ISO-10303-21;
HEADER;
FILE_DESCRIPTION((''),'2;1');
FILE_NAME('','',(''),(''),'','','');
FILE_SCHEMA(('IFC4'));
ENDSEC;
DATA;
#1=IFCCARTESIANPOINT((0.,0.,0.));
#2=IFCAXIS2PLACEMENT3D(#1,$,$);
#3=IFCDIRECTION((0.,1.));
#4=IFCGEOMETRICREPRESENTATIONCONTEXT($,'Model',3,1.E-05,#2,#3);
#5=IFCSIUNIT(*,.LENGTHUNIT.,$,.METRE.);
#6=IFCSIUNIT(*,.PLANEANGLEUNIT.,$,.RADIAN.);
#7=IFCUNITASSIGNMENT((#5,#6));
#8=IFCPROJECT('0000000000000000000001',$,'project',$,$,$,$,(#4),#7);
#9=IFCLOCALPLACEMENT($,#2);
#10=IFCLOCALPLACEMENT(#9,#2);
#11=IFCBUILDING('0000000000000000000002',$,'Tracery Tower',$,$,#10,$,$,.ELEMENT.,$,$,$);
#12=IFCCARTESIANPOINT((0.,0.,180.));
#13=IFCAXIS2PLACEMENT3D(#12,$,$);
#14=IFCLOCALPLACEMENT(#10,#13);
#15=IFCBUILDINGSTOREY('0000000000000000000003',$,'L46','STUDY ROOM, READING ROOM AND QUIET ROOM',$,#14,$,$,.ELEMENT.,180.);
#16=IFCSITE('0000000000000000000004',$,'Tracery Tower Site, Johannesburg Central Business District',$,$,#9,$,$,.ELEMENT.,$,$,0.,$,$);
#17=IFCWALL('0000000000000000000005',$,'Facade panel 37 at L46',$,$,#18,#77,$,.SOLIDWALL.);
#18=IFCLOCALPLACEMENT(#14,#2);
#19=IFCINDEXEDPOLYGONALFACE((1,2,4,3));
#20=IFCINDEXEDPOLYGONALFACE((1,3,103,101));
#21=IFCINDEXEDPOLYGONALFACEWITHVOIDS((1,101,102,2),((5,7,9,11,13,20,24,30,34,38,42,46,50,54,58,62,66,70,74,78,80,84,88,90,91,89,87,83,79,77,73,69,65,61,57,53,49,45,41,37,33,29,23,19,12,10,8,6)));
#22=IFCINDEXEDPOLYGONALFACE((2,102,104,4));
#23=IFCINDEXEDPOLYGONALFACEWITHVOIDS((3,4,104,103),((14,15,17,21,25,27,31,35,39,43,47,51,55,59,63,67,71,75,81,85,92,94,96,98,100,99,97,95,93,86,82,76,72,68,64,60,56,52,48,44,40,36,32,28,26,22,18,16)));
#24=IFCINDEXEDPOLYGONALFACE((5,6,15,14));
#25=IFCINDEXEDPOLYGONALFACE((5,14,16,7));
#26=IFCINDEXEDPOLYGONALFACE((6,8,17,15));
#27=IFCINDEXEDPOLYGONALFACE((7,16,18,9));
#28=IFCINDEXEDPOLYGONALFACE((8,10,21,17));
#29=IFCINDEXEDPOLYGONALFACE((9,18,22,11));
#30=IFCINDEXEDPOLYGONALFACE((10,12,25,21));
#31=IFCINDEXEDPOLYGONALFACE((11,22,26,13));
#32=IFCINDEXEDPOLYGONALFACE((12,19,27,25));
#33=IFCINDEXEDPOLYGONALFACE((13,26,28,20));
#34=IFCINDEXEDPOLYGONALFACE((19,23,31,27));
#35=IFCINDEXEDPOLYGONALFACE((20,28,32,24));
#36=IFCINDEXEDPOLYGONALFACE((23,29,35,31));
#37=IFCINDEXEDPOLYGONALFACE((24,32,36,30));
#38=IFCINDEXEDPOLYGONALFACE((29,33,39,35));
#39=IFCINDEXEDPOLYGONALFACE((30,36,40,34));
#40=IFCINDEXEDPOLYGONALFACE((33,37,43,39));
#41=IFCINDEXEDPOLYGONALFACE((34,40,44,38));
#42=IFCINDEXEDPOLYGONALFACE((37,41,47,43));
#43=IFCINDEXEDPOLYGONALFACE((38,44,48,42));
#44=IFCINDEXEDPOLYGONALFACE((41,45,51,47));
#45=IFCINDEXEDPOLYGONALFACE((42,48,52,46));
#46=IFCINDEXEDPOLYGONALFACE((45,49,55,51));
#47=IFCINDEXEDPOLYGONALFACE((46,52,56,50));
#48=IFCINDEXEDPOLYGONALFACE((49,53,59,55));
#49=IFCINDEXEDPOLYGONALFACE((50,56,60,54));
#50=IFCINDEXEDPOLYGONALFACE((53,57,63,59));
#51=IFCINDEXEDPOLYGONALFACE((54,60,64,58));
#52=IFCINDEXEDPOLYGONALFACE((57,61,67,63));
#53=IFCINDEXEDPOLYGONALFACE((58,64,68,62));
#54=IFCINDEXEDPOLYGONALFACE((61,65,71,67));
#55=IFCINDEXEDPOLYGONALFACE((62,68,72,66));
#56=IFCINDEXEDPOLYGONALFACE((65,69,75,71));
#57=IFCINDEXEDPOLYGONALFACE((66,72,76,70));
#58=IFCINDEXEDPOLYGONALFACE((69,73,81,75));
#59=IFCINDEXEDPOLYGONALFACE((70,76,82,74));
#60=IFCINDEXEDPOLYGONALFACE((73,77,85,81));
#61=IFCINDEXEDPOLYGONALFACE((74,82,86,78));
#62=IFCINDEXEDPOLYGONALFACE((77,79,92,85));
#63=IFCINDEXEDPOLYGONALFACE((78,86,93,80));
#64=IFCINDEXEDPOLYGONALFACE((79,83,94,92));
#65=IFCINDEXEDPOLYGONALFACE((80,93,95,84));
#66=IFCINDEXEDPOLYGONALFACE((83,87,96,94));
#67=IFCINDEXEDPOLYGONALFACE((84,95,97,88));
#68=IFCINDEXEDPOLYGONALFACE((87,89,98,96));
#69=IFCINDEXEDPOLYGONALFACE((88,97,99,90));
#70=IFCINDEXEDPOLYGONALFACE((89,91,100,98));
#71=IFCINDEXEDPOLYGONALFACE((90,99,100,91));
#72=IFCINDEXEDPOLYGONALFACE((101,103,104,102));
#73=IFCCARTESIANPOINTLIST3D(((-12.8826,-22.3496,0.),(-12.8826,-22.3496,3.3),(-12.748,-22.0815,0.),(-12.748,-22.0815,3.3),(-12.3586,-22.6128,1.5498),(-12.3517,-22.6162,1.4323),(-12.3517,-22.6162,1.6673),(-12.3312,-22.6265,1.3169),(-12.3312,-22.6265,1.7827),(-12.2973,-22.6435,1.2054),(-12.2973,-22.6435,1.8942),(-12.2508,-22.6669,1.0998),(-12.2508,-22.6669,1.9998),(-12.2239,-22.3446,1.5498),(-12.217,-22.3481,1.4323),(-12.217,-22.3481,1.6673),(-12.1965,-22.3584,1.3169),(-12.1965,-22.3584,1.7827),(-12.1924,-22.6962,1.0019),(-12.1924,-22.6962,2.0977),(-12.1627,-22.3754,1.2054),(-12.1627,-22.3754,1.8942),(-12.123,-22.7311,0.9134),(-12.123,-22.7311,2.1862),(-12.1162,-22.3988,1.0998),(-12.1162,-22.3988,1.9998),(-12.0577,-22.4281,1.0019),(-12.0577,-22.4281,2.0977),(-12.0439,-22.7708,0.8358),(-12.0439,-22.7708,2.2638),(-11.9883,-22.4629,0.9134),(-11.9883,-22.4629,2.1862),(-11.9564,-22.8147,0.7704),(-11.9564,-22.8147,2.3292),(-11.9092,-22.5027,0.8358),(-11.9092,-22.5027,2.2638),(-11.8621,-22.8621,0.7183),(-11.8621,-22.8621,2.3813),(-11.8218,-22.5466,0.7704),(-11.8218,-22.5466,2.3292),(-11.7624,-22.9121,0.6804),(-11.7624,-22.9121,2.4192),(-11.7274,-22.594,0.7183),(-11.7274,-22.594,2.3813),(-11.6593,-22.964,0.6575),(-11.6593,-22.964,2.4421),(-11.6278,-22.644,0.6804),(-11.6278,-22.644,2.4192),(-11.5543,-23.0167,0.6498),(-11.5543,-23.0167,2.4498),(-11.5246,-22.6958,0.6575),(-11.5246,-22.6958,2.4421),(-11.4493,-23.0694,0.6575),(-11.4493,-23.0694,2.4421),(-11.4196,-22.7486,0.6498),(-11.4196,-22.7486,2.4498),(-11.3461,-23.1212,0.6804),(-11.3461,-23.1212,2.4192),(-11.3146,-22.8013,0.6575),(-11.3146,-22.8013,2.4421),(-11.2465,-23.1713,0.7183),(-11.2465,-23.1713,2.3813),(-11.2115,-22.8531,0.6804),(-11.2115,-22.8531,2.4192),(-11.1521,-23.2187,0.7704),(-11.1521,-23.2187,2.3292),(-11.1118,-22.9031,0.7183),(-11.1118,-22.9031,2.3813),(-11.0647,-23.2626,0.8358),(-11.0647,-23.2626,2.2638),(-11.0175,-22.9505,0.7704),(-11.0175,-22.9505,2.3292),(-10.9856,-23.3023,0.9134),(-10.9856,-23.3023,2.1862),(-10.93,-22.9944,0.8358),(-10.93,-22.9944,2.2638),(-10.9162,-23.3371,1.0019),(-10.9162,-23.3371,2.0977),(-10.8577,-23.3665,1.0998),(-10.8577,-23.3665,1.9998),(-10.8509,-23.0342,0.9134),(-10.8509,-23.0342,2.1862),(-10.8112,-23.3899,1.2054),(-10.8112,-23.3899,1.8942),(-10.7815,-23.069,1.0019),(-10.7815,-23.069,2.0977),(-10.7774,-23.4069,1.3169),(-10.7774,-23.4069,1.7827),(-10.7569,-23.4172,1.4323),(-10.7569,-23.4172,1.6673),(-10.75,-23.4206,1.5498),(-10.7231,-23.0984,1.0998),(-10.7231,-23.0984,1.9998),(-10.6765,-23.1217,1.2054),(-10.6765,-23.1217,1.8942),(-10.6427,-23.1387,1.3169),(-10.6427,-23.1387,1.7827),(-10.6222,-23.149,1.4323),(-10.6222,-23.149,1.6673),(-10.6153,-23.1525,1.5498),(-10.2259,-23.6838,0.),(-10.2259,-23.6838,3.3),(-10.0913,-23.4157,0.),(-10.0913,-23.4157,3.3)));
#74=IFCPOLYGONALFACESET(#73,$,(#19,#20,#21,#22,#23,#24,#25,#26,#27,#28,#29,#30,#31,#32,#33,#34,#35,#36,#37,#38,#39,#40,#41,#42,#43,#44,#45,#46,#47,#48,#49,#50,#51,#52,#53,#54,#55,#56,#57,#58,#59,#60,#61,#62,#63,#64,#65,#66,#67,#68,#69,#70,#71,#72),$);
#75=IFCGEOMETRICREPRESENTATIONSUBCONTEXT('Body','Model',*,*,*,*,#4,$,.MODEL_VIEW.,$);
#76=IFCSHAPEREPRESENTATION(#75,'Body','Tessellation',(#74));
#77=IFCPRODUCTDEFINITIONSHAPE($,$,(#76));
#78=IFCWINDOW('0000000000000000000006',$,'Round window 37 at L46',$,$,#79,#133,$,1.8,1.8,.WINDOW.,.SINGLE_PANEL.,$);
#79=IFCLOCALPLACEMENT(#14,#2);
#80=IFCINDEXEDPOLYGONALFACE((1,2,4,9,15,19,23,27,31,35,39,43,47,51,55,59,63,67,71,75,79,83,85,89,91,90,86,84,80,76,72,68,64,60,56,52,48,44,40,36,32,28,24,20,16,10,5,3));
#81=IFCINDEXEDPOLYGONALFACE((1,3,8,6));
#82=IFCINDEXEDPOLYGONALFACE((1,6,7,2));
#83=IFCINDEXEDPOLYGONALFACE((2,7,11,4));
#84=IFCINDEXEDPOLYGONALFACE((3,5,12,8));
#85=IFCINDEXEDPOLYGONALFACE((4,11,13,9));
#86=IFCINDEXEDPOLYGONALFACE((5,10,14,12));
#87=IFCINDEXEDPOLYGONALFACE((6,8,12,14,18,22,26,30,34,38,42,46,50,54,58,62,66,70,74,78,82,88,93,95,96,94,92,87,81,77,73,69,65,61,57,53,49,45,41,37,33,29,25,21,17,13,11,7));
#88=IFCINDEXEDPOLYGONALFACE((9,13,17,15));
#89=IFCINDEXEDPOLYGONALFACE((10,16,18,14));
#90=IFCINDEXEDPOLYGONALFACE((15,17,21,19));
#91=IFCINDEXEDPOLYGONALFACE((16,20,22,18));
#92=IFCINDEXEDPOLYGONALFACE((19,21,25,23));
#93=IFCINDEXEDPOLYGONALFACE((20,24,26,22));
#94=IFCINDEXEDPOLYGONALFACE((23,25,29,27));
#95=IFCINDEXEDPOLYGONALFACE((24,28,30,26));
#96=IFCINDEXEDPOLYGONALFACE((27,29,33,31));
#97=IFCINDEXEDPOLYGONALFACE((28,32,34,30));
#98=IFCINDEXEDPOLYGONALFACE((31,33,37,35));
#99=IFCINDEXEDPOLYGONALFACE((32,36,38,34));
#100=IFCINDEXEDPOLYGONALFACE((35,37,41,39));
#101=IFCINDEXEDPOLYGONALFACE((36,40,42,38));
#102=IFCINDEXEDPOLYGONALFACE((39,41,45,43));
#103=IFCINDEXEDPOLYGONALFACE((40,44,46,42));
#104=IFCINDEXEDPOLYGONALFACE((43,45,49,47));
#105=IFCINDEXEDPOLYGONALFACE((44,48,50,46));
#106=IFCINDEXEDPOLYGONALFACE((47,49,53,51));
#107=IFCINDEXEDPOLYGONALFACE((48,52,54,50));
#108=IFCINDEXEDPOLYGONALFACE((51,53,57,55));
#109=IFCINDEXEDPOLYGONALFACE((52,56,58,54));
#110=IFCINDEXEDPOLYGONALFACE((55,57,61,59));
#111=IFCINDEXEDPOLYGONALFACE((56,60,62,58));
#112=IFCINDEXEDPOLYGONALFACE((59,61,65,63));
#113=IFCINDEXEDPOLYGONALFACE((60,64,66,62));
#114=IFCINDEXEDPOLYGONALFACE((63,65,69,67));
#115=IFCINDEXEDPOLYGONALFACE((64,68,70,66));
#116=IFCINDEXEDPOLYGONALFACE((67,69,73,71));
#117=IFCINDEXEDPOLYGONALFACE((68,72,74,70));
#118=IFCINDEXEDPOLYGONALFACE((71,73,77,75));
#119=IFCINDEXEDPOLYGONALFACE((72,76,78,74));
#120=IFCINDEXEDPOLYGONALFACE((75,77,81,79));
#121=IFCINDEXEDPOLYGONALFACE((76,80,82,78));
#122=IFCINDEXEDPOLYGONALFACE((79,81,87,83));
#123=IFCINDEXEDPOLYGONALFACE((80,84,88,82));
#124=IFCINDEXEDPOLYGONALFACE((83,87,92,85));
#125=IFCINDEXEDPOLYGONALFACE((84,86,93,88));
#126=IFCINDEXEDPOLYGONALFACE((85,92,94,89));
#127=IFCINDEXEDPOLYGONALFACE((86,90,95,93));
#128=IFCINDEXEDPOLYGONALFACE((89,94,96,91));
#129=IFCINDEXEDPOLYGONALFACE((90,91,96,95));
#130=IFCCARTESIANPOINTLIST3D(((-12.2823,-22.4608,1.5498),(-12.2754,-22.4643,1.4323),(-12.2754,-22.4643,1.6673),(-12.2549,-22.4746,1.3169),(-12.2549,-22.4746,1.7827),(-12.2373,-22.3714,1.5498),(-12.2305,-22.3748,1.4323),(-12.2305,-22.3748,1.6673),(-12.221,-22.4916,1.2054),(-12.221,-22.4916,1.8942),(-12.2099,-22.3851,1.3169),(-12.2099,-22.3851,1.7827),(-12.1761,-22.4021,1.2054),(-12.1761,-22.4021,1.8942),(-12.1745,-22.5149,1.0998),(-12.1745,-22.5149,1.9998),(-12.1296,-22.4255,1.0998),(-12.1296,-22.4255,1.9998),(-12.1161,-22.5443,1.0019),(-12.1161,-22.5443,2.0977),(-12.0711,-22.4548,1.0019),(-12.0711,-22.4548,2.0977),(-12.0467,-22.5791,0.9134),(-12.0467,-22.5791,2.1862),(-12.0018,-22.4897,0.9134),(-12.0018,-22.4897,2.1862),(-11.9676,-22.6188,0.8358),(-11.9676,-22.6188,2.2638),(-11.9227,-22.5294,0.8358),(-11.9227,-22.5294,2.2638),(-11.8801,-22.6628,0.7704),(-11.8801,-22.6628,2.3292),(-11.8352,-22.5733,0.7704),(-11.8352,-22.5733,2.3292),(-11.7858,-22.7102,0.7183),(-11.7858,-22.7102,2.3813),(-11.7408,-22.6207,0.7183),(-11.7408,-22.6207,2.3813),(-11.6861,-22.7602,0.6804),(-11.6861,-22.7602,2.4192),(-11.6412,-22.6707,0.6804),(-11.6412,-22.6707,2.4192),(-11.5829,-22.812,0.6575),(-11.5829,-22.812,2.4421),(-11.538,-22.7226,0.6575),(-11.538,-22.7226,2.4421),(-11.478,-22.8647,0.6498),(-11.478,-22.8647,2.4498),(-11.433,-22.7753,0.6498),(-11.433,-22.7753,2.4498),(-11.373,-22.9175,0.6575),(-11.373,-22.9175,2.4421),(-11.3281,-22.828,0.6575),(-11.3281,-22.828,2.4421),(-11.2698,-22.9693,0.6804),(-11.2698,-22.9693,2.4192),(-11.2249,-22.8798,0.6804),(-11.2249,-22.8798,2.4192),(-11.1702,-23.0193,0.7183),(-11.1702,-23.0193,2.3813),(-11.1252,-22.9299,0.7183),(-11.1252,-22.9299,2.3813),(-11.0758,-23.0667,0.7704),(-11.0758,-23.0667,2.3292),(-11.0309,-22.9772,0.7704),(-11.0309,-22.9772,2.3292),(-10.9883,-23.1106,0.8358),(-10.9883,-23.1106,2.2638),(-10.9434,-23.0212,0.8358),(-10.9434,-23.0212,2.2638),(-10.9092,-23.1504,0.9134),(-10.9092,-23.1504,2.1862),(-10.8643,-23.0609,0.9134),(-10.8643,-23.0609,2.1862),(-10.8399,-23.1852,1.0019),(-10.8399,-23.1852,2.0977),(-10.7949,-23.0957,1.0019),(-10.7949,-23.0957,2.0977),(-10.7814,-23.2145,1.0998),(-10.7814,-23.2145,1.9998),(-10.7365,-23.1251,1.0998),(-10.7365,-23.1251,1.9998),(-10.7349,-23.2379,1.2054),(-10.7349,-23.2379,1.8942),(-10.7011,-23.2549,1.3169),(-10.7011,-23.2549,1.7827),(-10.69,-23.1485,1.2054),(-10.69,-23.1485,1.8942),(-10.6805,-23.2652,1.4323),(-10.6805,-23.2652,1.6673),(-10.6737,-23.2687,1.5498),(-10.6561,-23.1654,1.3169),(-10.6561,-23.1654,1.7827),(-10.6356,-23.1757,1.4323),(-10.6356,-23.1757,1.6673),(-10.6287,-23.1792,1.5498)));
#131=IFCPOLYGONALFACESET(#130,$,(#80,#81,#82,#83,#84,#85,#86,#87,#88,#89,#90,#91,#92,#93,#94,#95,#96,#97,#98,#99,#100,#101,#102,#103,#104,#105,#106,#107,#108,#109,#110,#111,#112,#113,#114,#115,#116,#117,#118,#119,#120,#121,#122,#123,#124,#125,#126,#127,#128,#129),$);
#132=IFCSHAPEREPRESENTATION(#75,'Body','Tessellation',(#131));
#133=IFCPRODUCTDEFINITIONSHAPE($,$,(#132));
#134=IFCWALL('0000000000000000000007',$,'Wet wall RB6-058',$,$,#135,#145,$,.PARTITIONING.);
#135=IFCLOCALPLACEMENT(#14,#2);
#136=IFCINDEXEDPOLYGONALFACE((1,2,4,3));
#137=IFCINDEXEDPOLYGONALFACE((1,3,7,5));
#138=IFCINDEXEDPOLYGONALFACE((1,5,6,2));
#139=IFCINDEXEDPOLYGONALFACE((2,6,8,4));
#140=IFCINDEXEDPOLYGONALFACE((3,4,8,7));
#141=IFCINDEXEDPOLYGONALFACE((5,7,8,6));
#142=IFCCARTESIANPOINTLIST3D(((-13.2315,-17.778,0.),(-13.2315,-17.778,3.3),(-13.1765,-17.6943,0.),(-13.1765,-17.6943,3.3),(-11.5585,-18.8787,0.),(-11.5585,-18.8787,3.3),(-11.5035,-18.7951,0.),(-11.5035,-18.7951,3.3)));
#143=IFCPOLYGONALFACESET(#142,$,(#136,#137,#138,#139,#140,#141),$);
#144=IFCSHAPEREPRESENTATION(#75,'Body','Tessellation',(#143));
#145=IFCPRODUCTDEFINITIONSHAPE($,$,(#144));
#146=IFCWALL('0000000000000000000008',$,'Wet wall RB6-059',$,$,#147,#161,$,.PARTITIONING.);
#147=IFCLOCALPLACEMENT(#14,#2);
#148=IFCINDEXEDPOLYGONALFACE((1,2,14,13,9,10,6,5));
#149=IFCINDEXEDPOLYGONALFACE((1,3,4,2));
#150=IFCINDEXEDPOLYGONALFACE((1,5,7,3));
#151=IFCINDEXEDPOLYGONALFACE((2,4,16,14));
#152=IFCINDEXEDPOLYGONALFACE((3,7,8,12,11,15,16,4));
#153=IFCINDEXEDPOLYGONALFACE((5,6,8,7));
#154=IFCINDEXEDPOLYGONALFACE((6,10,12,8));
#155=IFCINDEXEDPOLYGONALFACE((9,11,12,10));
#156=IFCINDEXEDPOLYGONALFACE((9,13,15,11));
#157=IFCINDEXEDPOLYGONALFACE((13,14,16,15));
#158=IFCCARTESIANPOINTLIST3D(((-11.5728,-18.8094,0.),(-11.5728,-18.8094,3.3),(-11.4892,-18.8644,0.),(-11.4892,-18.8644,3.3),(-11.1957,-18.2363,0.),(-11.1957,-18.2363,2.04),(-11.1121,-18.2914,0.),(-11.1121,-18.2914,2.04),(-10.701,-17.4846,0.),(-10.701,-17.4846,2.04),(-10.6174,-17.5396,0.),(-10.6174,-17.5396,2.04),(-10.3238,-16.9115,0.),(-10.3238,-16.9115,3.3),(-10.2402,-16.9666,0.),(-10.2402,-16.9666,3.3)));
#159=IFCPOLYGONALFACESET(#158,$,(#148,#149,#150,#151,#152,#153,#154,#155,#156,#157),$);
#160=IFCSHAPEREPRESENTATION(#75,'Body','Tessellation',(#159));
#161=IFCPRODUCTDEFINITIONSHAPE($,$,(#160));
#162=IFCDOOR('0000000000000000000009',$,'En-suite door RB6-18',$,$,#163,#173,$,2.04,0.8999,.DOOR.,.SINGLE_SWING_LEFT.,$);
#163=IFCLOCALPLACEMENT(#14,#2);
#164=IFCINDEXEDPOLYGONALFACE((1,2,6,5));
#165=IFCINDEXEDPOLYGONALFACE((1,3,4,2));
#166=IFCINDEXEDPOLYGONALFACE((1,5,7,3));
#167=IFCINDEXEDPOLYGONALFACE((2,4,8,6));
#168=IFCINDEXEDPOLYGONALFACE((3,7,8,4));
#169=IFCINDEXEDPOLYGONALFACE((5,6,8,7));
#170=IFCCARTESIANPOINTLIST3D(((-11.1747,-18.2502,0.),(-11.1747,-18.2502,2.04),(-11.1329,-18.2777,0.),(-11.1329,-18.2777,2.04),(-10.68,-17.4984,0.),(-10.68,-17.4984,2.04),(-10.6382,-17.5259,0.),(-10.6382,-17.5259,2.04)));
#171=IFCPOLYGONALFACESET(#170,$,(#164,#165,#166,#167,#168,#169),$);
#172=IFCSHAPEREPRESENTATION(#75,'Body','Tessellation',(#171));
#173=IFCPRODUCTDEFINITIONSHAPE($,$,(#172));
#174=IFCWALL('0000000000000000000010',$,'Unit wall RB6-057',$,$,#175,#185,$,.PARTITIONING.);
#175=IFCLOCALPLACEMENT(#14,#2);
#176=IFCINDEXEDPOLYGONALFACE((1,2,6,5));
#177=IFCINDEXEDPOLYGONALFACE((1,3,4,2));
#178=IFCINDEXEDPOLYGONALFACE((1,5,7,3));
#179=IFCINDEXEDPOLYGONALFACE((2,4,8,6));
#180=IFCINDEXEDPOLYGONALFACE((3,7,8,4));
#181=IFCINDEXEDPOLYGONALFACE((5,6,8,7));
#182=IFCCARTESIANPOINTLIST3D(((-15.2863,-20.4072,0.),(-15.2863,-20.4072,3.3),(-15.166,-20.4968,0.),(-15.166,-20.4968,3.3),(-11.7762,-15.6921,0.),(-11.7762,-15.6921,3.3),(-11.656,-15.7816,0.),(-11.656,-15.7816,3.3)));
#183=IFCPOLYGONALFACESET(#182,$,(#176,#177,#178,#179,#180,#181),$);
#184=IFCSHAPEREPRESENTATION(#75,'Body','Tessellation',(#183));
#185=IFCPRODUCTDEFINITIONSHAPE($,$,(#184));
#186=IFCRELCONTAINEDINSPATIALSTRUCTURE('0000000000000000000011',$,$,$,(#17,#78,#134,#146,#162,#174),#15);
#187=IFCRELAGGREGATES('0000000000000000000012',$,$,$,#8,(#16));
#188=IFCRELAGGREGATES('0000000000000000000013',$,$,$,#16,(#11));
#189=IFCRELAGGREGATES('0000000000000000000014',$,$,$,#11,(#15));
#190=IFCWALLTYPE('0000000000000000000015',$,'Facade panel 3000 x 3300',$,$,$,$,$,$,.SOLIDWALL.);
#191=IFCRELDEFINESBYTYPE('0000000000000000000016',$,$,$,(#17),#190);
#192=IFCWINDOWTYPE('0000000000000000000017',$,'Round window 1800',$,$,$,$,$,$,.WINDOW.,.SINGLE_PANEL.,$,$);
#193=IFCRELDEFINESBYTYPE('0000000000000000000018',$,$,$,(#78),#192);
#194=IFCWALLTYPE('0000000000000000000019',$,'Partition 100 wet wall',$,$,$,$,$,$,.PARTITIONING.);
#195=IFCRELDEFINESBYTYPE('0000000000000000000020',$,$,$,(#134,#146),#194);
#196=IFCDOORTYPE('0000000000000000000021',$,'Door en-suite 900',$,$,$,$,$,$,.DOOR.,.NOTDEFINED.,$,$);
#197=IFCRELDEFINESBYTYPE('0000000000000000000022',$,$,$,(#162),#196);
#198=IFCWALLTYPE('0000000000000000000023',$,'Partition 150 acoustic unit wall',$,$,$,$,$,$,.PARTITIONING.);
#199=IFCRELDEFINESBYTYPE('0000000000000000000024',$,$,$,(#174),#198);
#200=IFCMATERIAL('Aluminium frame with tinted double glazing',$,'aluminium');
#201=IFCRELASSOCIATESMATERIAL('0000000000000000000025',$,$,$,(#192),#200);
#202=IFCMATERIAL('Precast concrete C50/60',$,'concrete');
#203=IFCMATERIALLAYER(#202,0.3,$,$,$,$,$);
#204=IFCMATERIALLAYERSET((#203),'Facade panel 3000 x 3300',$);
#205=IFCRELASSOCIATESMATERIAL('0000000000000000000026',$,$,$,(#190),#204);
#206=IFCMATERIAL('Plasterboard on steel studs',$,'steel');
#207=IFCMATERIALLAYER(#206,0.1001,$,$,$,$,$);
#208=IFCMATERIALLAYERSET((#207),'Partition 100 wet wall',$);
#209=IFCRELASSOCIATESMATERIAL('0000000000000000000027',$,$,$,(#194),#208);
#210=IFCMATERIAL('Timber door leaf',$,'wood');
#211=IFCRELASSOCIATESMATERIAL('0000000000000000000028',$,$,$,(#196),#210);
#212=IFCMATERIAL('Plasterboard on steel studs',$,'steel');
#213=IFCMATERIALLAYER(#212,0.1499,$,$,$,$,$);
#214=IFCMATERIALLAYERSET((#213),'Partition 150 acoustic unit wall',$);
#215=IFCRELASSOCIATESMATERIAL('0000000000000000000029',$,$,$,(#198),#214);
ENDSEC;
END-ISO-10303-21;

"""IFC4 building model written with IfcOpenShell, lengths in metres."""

from ifc_helpers import new_model, si_unit, direction, frame, frame_2d, origin, origin_2d, place, context, subcontext, project, spatial, rectangle, circle, extrude, material, layer, layer_set, type_object, element, fill, save


model = new_model("IFC4")

# Units and contexts
model_context = context("Model", 3, precision=1e-05, world=origin(), true_north=direction((0.0, 1.0)))
body_context = subcontext(model_context, "Body", "Model", "MODEL_VIEW")
ifc_project = project(units=[si_unit("LENGTHUNIT", "METRE"), si_unit("PLANEANGLEUNIT", "RADIAN")], contexts=[model_context])

# Site, building, storey
site_placement = place(None, origin())
site = spatial("IfcSite", under=ifc_project, at=site_placement, Name="Tracery Tower Site, Johannesburg Central Business District", CompositionType="ELEMENT", RefElevation=0.0)
building_placement = place(site_placement, origin())
building = spatial("IfcBuilding", under=site, at=building_placement, Name="Tracery Tower", CompositionType="ELEMENT")
storey_placement = place(building_placement, frame((0.0, 0.0, 180.0)))
storey = spatial("IfcBuildingStorey", under=building, at=storey_placement, Name="L46", Description="STUDY ROOM, READING ROOM AND QUIET ROOM", CompositionType="ELEMENT", Elevation=180.0)

# Wall, opening, window
ifc_material_1 = material(Name="Aluminium frame with tinted double glazing", Category="aluminium")
window_type = type_object("IfcWindowType", Name="Round window 1800", PartitioningType="SINGLE_PANEL", PredefinedType="WINDOW", material=ifc_material_1)
ifc_material_2 = material(Name="Precast concrete C50/60", Category="concrete")
ifc_layer_1 = layer(ifc_material_2, 0.3)
ifc_layer_set_1 = layer_set([ifc_layer_1], Name="Facade panel 3000 x 3300")
wall_type_1 = type_object("IfcWallType", Name="Facade panel 3000 x 3300", PredefinedType="SOLIDWALL", material=ifc_layer_set_1)
wall_1_placement = place(storey_placement, frame((-12.8152, -22.2156, 0.0), z_axis=(0.0, 0.0, 1.0), x_axis=(0.893637, -0.44879, 0.0)))
wall_1 = element("IfcWall", 1, at=wall_1_placement, inside=storey, type_object=wall_type_1, Name="Facade panel 37 at L46", PredefinedType="SOLIDWALL", context=body_context, shape_type="SweptSolid", body=[
    extrude(rectangle(XDim=2.9729, YDim=0.3, at=frame_2d((1.4863, 0.0))), origin(), (0.0, 0.0, 1.0), 3.3),
])
opening_1_placement = place(wall_1_placement, frame((1.4863, 0.0, 1.5498)))
opening_1 = element("IfcOpeningElement", 2, at=opening_1_placement, cuts=wall_1, PredefinedType="OPENING", context=body_context, shape_type="SweptSolid", body=[
    extrude(circle(Radius=0.9, at=origin_2d()), frame((0.0, 0.1599, 0.0), z_axis=(0.0, -1.0, 0.0), x_axis=(1.0, 0.0, 0.0)), (0.0, 0.0, 1.0), 0.3201),
])
window_1_placement = place(opening_1_placement, origin())
window_1 = element("IfcWindow", 3, at=window_1_placement, inside=storey, type_object=window_type, Name="Round window 37 at L46", OverallHeight=1.8, OverallWidth=1.8, PartitioningType="SINGLE_PANEL", PredefinedType="WINDOW", context=body_context, shape_type="SweptSolid", body=[
    extrude(circle(Radius=0.9, at=origin_2d()), frame((0.0, 0.1201, 0.0), z_axis=(0.0, -1.0, 0.0), x_axis=(1.0, 0.0, 0.0)), (0.0, 0.0, 1.0), 0.1001),
])
fill(opening_1, window_1)

# Wall
ifc_material_3 = material(Name="Plasterboard on steel studs", Category="steel")
ifc_layer_2 = layer(ifc_material_3, 0.1001)
ifc_layer_set_2 = layer_set([ifc_layer_2], Name="Partition 100 wet wall")
wall_type_2 = type_object("IfcWallType", Name="Partition 100 wet wall", PredefinedType="PARTITIONING", material=ifc_layer_set_2)
wall_2_placement = place(storey_placement, frame((-13.2041, -17.7361, 0.0), z_axis=(0.0, 0.0, 1.0), x_axis=(0.835392, -0.549655, 0.0)))
element("IfcWall", 4, at=wall_2_placement, inside=storey, type_object=wall_type_2, Name="Wet wall RB6-058", PredefinedType="PARTITIONING", context=body_context, shape_type="SweptSolid", body=[
    extrude(rectangle(XDim=2.0027, YDim=0.1001, at=frame_2d((1.0015, 0.0))), origin(), (0.0, 0.0, 1.0), 3.3),
])

# Wall, opening, door
wall_3_placement = place(storey_placement, frame((-11.531, -18.8369, 0.0), z_axis=(0.0, 0.0, 1.0), x_axis=(0.549731, 0.835342, 0.0)))
wall_3 = element("IfcWall", 5, at=wall_3_placement, inside=storey, type_object=wall_type_2, Name="Wet wall RB6-059", PredefinedType="PARTITIONING", context=body_context, shape_type="SweptSolid", body=[
    extrude(rectangle(XDim=2.272, YDim=0.1001, at=frame_2d((1.136, 0.0))), origin(), (0.0, 0.0, 1.0), 3.3),
])
opening_2_placement = place(wall_3_placement, frame((0.686, 0.0, 0.0)))
opening_2 = element("IfcOpeningElement", 6, at=opening_2_placement, cuts=wall_3, PredefinedType="OPENING", context=body_context, shape_type="SweptSolid", body=[
    extrude(rectangle(XDim=0.8999, YDim=2.04, at=frame_2d((0.45, 1.02))), frame((0.0, 0.05, 0.0), z_axis=(0.0, -1.0, 0.0), x_axis=(1.0, 0.0, 0.0)), (0.0, 0.0, 1.0), 0.1001),
])
ifc_material_4 = material(Name="Timber door leaf", Category="wood")
door_type = type_object("IfcDoorType", Name="Door en-suite 900", OperationType="NOTDEFINED", PredefinedType="DOOR", material=ifc_material_4)
door_placement = place(opening_2_placement, origin())
door = element("IfcDoor", 7, at=door_placement, inside=storey, type_object=door_type, Name="En-suite door RB6-18", OperationType="SINGLE_SWING_LEFT", OverallHeight=2.04, OverallWidth=0.8999, PredefinedType="DOOR", context=body_context, shape_type="SweptSolid", body=[
    extrude(rectangle(XDim=0.8999, YDim=2.04, at=frame_2d((0.45, 1.02))), frame((0.0, 0.0249, 0.0), z_axis=(0.0, -1.0, 0.0), x_axis=(1.0, 0.0, 0.0)), (0.0, 0.0, 1.0), 0.05),
])
fill(opening_2, door)

# Wall
ifc_material_5 = material(Name="Plasterboard on steel studs", Category="steel")
ifc_layer_3 = layer(ifc_material_5, 0.1499)
ifc_layer_set_3 = layer_set([ifc_layer_3], Name="Partition 150 acoustic unit wall")
wall_type_3 = type_object("IfcWallType", Name="Partition 150 acoustic unit wall", PredefinedType="PARTITIONING", material=ifc_layer_set_3)
wall_4_placement = place(storey_placement, frame((-15.2261, -20.4519, 0.0), z_axis=(0.0, 0.0, 1.0), x_axis=(0.597132, 0.802143, 0.0)))
element("IfcWall", 8, at=wall_4_placement, inside=storey, type_object=wall_type_3, Name="Unit wall RB6-057", PredefinedType="PARTITIONING", context=body_context, shape_type="SweptSolid", body=[
    extrude(rectangle(XDim=5.8782, YDim=0.1499, at=frame_2d((2.939, 0.0))), origin(), (0.0, 0.0, 1.0), 3.3),
])

save(model, "model.ifc")
